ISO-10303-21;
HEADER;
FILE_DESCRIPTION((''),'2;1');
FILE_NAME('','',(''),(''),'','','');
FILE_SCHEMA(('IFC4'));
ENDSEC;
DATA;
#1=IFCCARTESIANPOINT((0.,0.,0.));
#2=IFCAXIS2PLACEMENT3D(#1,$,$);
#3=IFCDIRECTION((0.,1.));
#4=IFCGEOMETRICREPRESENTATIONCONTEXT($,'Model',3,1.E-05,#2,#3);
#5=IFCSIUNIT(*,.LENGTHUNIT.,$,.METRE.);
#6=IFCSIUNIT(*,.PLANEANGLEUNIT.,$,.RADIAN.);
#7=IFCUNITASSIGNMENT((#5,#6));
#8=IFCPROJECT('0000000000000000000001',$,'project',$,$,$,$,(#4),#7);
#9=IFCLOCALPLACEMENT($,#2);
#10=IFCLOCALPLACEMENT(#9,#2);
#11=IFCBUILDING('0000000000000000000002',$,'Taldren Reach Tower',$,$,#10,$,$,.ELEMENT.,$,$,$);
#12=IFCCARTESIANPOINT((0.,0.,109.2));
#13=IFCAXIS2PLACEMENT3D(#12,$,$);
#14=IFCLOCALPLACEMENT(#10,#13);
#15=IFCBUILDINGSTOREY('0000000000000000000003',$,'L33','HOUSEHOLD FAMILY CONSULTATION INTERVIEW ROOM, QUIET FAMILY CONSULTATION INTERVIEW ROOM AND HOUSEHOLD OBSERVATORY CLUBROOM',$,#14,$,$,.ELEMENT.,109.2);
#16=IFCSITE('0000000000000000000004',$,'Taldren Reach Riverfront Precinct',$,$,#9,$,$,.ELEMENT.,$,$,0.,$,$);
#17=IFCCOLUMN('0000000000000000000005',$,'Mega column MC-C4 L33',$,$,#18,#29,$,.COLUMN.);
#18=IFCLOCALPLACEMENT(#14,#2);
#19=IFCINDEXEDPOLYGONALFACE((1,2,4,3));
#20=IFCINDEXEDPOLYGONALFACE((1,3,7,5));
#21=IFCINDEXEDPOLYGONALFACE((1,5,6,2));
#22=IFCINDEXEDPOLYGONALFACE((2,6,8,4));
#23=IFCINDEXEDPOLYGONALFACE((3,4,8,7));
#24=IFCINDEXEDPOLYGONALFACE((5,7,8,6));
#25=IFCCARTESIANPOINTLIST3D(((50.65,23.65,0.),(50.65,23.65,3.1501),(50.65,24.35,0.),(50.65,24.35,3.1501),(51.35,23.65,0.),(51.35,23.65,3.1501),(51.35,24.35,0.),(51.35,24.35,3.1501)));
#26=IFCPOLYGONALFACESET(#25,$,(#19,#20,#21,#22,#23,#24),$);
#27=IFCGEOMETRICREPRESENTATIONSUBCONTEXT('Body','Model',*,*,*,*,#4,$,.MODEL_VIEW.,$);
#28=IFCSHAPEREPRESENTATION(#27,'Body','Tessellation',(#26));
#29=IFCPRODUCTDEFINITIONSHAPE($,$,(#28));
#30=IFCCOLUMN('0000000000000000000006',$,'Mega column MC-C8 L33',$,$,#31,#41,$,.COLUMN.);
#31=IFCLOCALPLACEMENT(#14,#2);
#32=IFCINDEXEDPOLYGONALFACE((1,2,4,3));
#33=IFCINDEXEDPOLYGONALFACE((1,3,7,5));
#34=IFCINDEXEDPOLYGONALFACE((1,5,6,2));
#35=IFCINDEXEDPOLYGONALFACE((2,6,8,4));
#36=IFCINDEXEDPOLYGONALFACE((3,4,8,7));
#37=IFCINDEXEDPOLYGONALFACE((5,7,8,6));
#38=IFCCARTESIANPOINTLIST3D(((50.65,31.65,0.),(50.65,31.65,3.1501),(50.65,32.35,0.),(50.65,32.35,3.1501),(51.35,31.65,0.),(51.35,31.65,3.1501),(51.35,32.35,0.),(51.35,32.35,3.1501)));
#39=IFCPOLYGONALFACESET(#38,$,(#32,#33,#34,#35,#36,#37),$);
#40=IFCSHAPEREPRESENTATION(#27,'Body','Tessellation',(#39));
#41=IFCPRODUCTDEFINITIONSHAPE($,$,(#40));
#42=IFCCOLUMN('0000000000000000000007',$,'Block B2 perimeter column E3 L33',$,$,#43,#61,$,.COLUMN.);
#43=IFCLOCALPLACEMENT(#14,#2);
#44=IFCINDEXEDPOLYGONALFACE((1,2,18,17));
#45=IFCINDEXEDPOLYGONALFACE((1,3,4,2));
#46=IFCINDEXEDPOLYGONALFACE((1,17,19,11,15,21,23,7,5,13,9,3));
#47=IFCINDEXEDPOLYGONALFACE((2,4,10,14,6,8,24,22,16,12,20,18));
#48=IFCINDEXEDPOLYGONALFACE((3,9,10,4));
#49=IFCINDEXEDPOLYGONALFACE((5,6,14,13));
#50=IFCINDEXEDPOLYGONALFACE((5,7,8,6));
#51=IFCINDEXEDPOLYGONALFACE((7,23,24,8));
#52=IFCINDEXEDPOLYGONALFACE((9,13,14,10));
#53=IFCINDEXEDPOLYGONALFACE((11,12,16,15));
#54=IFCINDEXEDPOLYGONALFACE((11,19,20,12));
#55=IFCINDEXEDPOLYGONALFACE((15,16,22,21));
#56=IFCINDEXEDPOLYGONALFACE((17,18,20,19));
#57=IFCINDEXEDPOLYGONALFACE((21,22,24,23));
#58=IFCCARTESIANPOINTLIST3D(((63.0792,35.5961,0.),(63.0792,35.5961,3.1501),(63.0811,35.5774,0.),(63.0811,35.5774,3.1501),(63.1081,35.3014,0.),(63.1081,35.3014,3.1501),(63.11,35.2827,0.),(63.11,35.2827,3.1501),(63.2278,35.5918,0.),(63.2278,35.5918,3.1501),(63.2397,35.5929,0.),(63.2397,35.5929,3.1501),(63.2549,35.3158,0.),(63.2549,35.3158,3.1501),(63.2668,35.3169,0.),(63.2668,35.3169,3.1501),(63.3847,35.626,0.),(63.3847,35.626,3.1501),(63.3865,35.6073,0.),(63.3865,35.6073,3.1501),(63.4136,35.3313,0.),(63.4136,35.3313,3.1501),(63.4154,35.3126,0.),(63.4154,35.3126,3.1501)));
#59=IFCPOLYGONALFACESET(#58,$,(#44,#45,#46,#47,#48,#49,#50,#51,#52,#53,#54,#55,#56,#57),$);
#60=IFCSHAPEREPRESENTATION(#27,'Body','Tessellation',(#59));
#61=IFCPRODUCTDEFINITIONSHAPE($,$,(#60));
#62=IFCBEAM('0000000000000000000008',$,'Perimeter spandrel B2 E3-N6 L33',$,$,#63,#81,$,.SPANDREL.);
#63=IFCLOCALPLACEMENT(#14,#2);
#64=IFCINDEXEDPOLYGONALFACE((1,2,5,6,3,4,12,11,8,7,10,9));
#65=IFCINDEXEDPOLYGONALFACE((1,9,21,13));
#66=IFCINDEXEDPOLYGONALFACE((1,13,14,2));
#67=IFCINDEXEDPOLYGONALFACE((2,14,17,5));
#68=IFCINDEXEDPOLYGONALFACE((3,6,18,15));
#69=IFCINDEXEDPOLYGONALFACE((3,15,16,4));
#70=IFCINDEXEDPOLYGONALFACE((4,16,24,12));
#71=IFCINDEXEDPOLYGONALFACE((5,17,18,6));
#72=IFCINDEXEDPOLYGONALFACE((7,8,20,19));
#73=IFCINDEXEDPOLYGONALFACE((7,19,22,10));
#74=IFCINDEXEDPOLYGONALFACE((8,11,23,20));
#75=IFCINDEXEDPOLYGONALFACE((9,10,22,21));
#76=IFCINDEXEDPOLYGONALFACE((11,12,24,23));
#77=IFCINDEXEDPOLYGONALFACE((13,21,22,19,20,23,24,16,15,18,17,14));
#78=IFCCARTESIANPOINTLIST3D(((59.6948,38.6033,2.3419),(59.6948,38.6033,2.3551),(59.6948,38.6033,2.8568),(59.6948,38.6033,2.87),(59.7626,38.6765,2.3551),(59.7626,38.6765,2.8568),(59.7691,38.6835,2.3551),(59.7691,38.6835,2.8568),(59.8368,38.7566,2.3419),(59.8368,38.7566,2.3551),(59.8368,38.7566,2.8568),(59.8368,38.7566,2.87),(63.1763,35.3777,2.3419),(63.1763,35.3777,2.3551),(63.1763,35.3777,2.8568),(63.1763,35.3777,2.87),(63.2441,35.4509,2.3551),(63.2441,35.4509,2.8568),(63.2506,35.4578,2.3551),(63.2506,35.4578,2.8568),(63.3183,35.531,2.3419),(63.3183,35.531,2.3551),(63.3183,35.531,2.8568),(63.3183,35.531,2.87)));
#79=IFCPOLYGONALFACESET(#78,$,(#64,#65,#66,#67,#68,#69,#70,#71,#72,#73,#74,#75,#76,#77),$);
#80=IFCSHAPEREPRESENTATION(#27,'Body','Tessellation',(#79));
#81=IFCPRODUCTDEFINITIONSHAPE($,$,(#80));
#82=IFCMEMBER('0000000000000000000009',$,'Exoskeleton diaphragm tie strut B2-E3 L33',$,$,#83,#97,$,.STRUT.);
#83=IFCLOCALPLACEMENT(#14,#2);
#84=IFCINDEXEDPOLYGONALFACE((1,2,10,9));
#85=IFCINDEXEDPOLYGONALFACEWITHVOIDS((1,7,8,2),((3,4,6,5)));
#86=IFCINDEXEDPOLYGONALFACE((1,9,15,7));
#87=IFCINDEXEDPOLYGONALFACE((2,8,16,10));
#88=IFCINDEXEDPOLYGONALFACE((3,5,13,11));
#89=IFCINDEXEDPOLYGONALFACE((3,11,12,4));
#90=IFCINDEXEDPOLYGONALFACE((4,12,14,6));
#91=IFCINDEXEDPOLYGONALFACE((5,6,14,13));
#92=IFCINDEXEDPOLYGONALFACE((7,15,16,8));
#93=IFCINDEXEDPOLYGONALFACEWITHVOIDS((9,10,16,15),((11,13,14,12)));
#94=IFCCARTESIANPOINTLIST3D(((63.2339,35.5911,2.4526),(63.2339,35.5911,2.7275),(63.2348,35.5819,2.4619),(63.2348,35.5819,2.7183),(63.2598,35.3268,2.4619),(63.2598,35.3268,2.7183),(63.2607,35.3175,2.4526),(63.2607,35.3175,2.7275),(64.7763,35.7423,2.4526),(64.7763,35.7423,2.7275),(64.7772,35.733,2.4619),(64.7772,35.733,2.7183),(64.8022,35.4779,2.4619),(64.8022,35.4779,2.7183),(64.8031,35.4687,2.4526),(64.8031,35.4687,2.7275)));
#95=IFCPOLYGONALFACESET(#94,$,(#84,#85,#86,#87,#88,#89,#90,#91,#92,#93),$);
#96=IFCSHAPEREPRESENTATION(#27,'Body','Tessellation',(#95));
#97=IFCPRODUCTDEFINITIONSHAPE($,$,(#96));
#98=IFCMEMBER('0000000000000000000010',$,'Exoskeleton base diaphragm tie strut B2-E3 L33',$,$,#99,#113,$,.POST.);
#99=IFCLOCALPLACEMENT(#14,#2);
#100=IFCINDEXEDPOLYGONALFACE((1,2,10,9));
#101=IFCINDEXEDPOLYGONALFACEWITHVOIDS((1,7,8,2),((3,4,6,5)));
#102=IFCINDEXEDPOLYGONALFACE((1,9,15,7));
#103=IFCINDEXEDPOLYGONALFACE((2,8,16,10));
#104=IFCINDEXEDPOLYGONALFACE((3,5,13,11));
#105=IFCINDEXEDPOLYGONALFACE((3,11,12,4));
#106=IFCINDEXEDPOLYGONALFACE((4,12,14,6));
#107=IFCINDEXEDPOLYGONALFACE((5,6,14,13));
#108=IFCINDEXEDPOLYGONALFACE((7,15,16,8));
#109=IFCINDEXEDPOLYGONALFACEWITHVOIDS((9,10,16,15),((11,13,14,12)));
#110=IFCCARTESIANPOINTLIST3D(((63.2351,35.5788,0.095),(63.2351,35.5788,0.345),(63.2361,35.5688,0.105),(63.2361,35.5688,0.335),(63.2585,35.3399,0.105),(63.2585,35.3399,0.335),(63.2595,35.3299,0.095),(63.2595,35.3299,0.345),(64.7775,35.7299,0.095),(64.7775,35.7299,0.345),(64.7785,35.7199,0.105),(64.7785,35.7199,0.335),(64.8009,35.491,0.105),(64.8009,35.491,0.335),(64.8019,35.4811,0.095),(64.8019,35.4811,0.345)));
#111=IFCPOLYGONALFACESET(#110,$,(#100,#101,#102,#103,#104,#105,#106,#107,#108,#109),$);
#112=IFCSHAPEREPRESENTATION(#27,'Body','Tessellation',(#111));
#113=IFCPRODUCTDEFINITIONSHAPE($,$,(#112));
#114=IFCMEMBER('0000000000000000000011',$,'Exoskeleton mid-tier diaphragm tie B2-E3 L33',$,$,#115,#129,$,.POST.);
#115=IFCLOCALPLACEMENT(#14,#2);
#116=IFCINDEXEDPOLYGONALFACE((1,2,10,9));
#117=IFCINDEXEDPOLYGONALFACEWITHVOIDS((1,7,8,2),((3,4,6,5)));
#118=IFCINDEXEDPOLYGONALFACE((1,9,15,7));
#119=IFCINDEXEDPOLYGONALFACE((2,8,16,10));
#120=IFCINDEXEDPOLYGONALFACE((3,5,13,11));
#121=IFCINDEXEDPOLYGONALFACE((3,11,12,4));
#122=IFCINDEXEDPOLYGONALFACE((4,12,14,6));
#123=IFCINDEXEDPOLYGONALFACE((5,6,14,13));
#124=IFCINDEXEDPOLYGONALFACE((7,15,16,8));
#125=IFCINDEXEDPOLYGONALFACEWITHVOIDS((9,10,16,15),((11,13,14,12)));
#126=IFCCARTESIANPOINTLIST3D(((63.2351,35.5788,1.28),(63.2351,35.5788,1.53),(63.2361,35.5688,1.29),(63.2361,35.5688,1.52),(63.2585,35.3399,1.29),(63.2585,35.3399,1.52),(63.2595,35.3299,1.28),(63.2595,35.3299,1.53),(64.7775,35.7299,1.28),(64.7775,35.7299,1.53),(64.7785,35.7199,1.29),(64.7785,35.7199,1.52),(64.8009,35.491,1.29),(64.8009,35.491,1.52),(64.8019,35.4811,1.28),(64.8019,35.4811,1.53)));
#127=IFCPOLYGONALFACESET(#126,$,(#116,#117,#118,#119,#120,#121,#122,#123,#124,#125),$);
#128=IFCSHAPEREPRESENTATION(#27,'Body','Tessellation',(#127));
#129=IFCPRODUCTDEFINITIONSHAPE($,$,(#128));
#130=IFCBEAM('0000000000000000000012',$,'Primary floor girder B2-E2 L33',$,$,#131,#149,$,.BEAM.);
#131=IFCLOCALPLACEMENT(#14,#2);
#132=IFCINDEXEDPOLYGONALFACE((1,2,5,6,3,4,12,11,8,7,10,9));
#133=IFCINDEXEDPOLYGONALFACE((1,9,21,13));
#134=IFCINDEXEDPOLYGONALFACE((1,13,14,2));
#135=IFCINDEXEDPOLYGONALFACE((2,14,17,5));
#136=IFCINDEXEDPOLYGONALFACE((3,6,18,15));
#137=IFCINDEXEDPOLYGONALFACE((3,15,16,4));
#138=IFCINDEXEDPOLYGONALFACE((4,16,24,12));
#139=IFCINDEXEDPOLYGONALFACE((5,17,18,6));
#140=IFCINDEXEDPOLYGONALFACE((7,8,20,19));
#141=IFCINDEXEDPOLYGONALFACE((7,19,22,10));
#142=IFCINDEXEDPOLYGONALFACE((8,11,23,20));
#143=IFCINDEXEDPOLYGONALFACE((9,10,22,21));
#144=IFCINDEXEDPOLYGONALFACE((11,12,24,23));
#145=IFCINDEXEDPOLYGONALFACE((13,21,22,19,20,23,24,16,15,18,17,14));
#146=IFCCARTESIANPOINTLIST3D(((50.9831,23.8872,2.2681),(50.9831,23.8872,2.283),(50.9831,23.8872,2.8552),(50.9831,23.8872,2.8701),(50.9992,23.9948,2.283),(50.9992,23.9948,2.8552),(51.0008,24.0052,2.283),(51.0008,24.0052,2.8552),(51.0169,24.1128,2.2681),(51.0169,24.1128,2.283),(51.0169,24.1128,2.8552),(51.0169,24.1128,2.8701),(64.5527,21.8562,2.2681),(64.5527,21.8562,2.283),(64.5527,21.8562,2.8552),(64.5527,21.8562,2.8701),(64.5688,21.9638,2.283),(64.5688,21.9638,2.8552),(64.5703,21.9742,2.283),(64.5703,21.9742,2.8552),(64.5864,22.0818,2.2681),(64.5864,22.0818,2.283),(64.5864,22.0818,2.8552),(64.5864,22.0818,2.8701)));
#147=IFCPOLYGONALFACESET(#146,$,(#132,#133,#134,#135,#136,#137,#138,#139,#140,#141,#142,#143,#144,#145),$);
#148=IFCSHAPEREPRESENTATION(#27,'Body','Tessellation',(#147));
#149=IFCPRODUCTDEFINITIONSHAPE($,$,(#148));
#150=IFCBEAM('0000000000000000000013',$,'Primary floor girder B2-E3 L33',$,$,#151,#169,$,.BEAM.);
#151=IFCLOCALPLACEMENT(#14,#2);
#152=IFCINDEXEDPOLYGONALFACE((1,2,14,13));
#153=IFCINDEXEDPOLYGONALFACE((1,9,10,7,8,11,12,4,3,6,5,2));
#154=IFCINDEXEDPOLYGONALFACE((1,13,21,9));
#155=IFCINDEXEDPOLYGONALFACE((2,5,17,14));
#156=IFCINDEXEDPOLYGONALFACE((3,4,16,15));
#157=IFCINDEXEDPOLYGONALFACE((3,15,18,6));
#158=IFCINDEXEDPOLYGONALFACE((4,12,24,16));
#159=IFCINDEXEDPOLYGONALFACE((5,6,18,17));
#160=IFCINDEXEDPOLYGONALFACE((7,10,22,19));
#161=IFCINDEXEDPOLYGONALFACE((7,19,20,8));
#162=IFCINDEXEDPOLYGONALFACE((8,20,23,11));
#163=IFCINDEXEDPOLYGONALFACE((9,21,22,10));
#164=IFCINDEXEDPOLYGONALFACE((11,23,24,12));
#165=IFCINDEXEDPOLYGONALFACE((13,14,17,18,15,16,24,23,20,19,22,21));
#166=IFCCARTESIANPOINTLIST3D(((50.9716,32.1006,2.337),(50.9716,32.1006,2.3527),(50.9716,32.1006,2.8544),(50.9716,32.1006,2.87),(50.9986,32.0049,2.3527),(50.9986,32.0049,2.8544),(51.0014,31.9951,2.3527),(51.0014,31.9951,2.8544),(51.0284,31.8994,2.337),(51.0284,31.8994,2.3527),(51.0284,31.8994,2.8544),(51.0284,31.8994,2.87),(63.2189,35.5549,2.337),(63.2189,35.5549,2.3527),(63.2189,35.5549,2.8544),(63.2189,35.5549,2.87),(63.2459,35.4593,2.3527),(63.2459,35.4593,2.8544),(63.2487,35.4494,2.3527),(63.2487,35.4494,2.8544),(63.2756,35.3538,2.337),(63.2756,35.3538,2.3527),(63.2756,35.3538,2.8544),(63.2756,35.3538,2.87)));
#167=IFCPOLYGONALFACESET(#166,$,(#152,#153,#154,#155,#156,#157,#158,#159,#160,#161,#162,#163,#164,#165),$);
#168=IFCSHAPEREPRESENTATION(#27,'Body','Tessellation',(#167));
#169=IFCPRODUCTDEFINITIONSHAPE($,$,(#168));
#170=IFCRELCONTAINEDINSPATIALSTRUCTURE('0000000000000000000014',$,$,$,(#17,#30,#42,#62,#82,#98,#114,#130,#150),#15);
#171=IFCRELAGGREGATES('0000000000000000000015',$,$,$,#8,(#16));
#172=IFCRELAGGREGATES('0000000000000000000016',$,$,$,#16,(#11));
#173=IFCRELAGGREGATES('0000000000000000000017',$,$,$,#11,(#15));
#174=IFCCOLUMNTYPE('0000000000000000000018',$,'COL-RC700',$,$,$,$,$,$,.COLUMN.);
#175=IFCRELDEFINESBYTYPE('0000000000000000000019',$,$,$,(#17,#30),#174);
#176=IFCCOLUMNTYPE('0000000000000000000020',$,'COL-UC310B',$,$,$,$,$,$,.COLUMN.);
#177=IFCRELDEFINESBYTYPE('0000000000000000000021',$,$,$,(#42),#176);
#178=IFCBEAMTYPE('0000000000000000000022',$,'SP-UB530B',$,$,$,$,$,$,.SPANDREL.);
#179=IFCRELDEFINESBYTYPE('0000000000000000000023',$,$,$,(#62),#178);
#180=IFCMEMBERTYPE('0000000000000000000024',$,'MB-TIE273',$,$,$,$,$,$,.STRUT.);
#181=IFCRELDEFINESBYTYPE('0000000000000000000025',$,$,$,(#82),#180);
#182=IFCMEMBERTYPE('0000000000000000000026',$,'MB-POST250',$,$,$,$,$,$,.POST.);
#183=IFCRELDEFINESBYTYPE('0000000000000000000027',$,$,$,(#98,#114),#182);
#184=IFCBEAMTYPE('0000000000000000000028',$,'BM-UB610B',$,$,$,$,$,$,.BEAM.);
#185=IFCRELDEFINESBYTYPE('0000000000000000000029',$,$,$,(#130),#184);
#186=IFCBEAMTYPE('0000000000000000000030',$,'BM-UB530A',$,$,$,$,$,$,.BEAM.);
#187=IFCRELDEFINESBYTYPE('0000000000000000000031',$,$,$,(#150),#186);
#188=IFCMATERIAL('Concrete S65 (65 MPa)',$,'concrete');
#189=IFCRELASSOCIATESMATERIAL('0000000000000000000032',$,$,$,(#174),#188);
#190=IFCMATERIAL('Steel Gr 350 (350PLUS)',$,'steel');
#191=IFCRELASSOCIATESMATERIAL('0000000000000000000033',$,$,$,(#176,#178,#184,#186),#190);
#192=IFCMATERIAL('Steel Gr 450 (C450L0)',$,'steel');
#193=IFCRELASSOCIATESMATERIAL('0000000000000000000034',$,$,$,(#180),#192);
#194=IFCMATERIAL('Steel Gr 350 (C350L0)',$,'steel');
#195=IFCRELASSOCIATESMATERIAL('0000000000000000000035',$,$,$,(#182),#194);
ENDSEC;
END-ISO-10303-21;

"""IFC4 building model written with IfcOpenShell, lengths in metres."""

from ifc_helpers import new_model, si_unit, direction, frame, origin, origin_2d, place, context, subcontext, project, spatial, rectangle, hollow_rectangle, i_section, extrude, source, transform, mapped, material, material_profile, profile_set, type_object, element, save


model = new_model("IFC4")

# Units and contexts
model_context = context("Model", 3, precision=1e-05, world=origin(), true_north=direction((0.0, 1.0)))
body_context = subcontext(model_context, "Body", "Model", "MODEL_VIEW")
ifc_project = project(units=[si_unit("LENGTHUNIT", "METRE"), si_unit("PLANEANGLEUNIT", "RADIAN")], contexts=[model_context])

# Site, building, storey
site_placement = place(None, origin())
site = spatial("IfcSite", under=ifc_project, at=site_placement, Name="Taldren Reach Riverfront Precinct", CompositionType="ELEMENT", RefElevation=0.0)
building_placement = place(site_placement, origin())
building = spatial("IfcBuilding", under=site, at=building_placement, Name="Taldren Reach Tower", CompositionType="ELEMENT")
storey_placement = place(building_placement, frame((0.0, 0.0, 109.2)))
storey = spatial("IfcBuildingStorey", under=building, at=storey_placement, Name="L33", Description="HOUSEHOLD FAMILY CONSULTATION INTERVIEW ROOM, QUIET FAMILY CONSULTATION INTERVIEW ROOM AND HOUSEHOLD OBSERVATORY CLUBROOM", CompositionType="ELEMENT", Elevation=109.2)

# Columns
ifc_material_1 = material(Name="Concrete S65 (65 MPa)", Category="concrete")
ifc_material_profile_1 = material_profile(ifc_material_1, rectangle(XDim=0.7, YDim=0.7, at=origin_2d()), Name="RC-700x700")
ifc_profile_set_1 = profile_set([ifc_material_profile_1], Name="Concrete S65 (65 MPa)")
column_type_1 = type_object("IfcColumnType", Name="COL-RC700", PredefinedType="COLUMN", material=ifc_profile_set_1)
shared_shape_1 = source(origin(), body_context, "Body", "SweptSolid", [
    extrude(rectangle(XDim=0.7, YDim=0.7, at=origin_2d()), origin(), (0.0, 0.0, 1.0), 3.1501),
])
for number, where, z_axis, x_axis, name in (
    (1, (51.0, 24.0, 0.0), (0.0, 0.0, 1.0), (1.0, 0.0, 0.0), "Mega column MC-C4 L33"),
    (2, (51.0, 32.0, 0.0), (0.0, 0.0, 1.0), (1.0, 0.0, 0.0), "Mega column MC-C8 L33"),
):
    element("IfcColumn", number, at=place(storey_placement, frame(where, z_axis=z_axis, x_axis=x_axis)), inside=storey, type_object=column_type_1, Name=name, PredefinedType="COLUMN", context=body_context, shape_type="MappedRepresentation", body=[
        mapped(shared_shape_1, transform((0.0, 0.0, 0.0), scale=1.0)),
    ])
ifc_material_2 = material(Name="Steel Gr 350 (350PLUS)", Category="steel")
ifc_material_profile_2 = material_profile(ifc_material_2, i_section(OverallWidth=0.3069, OverallDepth=0.3149, WebThickness=0.012, FlangeThickness=0.0188, at=origin_2d()), Name="310UC118")
ifc_profile_set_2 = profile_set([ifc_material_profile_2], Name="Steel Gr 350 (350PLUS)")
column_type_2 = type_object("IfcColumnType", Name="COL-UC310B", PredefinedType="COLUMN", material=ifc_profile_set_2)
shared_shape_2 = source(origin(), body_context, "Body", "SweptSolid", [
    extrude(i_section(OverallWidth=0.3069, OverallDepth=0.3149, WebThickness=0.012, FlangeThickness=0.0188, at=origin_2d()), origin(), (0.0, 0.0, 1.0), 3.1501),
])
column_placement = place(storey_placement, frame((63.2473, 35.4543, 0.0), z_axis=(0.0, 0.0, 1.0), x_axis=(0.995227, 0.097583, 0.0)))
element("IfcColumn", 3, at=column_placement, inside=storey, type_object=column_type_2, Name="Block B2 perimeter column E3 L33", PredefinedType="COLUMN", context=body_context, shape_type="MappedRepresentation", body=[
    mapped(shared_shape_2, transform((0.0, 0.0, 0.0), scale=1.0)),
])

# Beam
ifc_material_profile_3 = material_profile(ifc_material_2, i_section(OverallWidth=0.209, OverallDepth=0.5281, WebThickness=0.0095, FlangeThickness=0.0132, at=origin_2d()), Name="530UB82.0")
ifc_profile_set_3 = profile_set([ifc_material_profile_3], Name="Steel Gr 350 (350PLUS)")
beam_type_1 = type_object("IfcBeamType", Name="SP-UB530B", PredefinedType="SPANDREL", material=ifc_profile_set_3)
shared_shape_3 = source(origin(), body_context, "Body", "SweptSolid", [
    extrude(i_section(OverallWidth=0.209, OverallDepth=0.5281, WebThickness=0.0095, FlangeThickness=0.0132, at=origin_2d()), origin(), (0.0, 0.0, 1.0), 4.7461),
])
beam_1_placement = place(storey_placement, frame((63.2473, 35.4543, 2.606), z_axis=(-0.733548, 0.679638, 0.0), x_axis=(-0.679638, -0.733548, 0.0)))
element("IfcBeam", 4, at=beam_1_placement, inside=storey, type_object=beam_type_1, Name="Perimeter spandrel B2 E3-N6 L33", PredefinedType="SPANDREL", context=body_context, shape_type="MappedRepresentation", body=[
    mapped(shared_shape_3, transform((0.0, 0.0, 0.0), scale=1.0)),
])

# Members
ifc_material_3 = material(Name="Steel Gr 450 (C450L0)", Category="steel")
ifc_material_profile_4 = material_profile(ifc_material_3, hollow_rectangle(XDim=0.2749, YDim=0.2749, WallThickness=0.0093, at=origin_2d()), Name="275x275x9.3SHS")
ifc_profile_set_4 = profile_set([ifc_material_profile_4], Name="Steel Gr 450 (C450L0)")
member_type_1 = type_object("IfcMemberType", Name="MB-TIE273", PredefinedType="STRUT", material=ifc_profile_set_4)
shared_shape_4 = source(origin(), body_context, "Body", "SweptSolid", [
    extrude(hollow_rectangle(XDim=0.2749, YDim=0.2749, WallThickness=0.0093, at=origin_2d()), origin(), (0.0, 0.0, 1.0), 1.5498),
])
member_1_placement = place(storey_placement, frame((63.2473, 35.4543, 2.5901), z_axis=(0.995235, 0.097507, 0.0), x_axis=(-0.097507, 0.995235, 0.0)))
element("IfcMember", 5, at=member_1_placement, inside=storey, type_object=member_type_1, Name="Exoskeleton diaphragm tie strut B2-E3 L33", PredefinedType="STRUT", context=body_context, shape_type="MappedRepresentation", body=[
    mapped(shared_shape_4, transform((0.0, 0.0, 0.0), scale=1.0)),
])
ifc_material_4 = material(Name="Steel Gr 350 (C350L0)", Category="steel")
ifc_material_profile_5 = material_profile(ifc_material_4, hollow_rectangle(XDim=0.25, YDim=0.25, WallThickness=0.01, at=origin_2d()), Name="250x250x10.0SHS")
ifc_profile_set_5 = profile_set([ifc_material_profile_5], Name="Steel Gr 350 (C350L0)")
member_type_2 = type_object("IfcMemberType", Name="MB-POST250", PredefinedType="POST", material=ifc_profile_set_5)
shared_shape_5 = source(origin(), body_context, "Body", "SweptSolid", [
    extrude(hollow_rectangle(XDim=0.25, YDim=0.25, WallThickness=0.01, at=origin_2d()), origin(), (0.0, 0.0, 1.0), 1.5498),
])
for number, where, z_axis, x_axis, name in (
    (6, (63.2473, 35.4543, 0.22), (0.995235, 0.097507, 0.0), (-0.097507, 0.995235, 0.0), "Exoskeleton base diaphragm tie strut B2-E3 L33"),
    (7, (63.2473, 35.4543, 1.405), (0.995235, 0.097507, 0.0), (-0.097507, 0.995235, 0.0), "Exoskeleton mid-tier diaphragm tie B2-E3 L33"),
):
    element("IfcMember", number, at=place(storey_placement, frame(where, z_axis=z_axis, x_axis=x_axis)), inside=storey, type_object=member_type_2, Name=name, PredefinedType="POST", context=body_context, shape_type="MappedRepresentation", body=[
        mapped(shared_shape_5, transform((0.0, 0.0, 0.0), scale=1.0)),
    ])

# Beams
ifc_material_profile_6 = material_profile(ifc_material_2, i_section(OverallWidth=0.228, OverallDepth=0.6021, WebThickness=0.0105, FlangeThickness=0.0149, at=origin_2d()), Name="610UB101")
ifc_profile_set_6 = profile_set([ifc_material_profile_6], Name="Steel Gr 350 (350PLUS)")
beam_type_2 = type_object("IfcBeamType", Name="BM-UB610B", PredefinedType="BEAM", material=ifc_profile_set_6)
shared_shape_6 = source(origin(), body_context, "Body", "SweptSolid", [
    extrude(i_section(OverallWidth=0.228, OverallDepth=0.6021, WebThickness=0.0105, FlangeThickness=0.0149, at=origin_2d()), origin(), (0.0, 0.0, 1.0), 13.7207),
])
beam_2_placement = place(storey_placement, frame((51.0, 24.0, 2.5691), z_axis=(0.988984, -0.148025, 0.0), x_axis=(0.148025, 0.988984, 0.0)))
element("IfcBeam", 8, at=beam_2_placement, inside=storey, type_object=beam_type_2, Name="Primary floor girder B2-E2 L33", PredefinedType="BEAM", context=body_context, shape_type="MappedRepresentation", body=[
    mapped(shared_shape_6, transform((0.0, 0.0, 0.0), scale=1.0)),
])
ifc_material_profile_7 = material_profile(ifc_material_2, i_section(OverallWidth=0.209, OverallDepth=0.533, WebThickness=0.0103, FlangeThickness=0.0156, at=origin_2d()), Name="530UB92.4")
ifc_profile_set_7 = profile_set([ifc_material_profile_7], Name="Steel Gr 350 (350PLUS)")
beam_type_3 = type_object("IfcBeamType", Name="BM-UB530A", PredefinedType="BEAM", material=ifc_profile_set_7)
shared_shape_7 = source(origin(), body_context, "Body", "SweptSolid", [
    extrude(i_section(OverallWidth=0.209, OverallDepth=0.533, WebThickness=0.0103, FlangeThickness=0.0156, at=origin_2d()), origin(), (0.0, 0.0, 1.0), 12.7251),
])
beam_3_placement = place(storey_placement, frame((51.0, 32.0, 2.6035), z_axis=(0.96245, 0.271458, 0.0), x_axis=(-0.271458, 0.96245, 0.0)))
element("IfcBeam", 9, at=beam_3_placement, inside=storey, type_object=beam_type_3, Name="Primary floor girder B2-E3 L33", PredefinedType="BEAM", context=body_context, shape_type="MappedRepresentation", body=[
    mapped(shared_shape_7, transform((0.0, 0.0, 0.0), scale=1.0)),
])

save(model, "model.ifc")
